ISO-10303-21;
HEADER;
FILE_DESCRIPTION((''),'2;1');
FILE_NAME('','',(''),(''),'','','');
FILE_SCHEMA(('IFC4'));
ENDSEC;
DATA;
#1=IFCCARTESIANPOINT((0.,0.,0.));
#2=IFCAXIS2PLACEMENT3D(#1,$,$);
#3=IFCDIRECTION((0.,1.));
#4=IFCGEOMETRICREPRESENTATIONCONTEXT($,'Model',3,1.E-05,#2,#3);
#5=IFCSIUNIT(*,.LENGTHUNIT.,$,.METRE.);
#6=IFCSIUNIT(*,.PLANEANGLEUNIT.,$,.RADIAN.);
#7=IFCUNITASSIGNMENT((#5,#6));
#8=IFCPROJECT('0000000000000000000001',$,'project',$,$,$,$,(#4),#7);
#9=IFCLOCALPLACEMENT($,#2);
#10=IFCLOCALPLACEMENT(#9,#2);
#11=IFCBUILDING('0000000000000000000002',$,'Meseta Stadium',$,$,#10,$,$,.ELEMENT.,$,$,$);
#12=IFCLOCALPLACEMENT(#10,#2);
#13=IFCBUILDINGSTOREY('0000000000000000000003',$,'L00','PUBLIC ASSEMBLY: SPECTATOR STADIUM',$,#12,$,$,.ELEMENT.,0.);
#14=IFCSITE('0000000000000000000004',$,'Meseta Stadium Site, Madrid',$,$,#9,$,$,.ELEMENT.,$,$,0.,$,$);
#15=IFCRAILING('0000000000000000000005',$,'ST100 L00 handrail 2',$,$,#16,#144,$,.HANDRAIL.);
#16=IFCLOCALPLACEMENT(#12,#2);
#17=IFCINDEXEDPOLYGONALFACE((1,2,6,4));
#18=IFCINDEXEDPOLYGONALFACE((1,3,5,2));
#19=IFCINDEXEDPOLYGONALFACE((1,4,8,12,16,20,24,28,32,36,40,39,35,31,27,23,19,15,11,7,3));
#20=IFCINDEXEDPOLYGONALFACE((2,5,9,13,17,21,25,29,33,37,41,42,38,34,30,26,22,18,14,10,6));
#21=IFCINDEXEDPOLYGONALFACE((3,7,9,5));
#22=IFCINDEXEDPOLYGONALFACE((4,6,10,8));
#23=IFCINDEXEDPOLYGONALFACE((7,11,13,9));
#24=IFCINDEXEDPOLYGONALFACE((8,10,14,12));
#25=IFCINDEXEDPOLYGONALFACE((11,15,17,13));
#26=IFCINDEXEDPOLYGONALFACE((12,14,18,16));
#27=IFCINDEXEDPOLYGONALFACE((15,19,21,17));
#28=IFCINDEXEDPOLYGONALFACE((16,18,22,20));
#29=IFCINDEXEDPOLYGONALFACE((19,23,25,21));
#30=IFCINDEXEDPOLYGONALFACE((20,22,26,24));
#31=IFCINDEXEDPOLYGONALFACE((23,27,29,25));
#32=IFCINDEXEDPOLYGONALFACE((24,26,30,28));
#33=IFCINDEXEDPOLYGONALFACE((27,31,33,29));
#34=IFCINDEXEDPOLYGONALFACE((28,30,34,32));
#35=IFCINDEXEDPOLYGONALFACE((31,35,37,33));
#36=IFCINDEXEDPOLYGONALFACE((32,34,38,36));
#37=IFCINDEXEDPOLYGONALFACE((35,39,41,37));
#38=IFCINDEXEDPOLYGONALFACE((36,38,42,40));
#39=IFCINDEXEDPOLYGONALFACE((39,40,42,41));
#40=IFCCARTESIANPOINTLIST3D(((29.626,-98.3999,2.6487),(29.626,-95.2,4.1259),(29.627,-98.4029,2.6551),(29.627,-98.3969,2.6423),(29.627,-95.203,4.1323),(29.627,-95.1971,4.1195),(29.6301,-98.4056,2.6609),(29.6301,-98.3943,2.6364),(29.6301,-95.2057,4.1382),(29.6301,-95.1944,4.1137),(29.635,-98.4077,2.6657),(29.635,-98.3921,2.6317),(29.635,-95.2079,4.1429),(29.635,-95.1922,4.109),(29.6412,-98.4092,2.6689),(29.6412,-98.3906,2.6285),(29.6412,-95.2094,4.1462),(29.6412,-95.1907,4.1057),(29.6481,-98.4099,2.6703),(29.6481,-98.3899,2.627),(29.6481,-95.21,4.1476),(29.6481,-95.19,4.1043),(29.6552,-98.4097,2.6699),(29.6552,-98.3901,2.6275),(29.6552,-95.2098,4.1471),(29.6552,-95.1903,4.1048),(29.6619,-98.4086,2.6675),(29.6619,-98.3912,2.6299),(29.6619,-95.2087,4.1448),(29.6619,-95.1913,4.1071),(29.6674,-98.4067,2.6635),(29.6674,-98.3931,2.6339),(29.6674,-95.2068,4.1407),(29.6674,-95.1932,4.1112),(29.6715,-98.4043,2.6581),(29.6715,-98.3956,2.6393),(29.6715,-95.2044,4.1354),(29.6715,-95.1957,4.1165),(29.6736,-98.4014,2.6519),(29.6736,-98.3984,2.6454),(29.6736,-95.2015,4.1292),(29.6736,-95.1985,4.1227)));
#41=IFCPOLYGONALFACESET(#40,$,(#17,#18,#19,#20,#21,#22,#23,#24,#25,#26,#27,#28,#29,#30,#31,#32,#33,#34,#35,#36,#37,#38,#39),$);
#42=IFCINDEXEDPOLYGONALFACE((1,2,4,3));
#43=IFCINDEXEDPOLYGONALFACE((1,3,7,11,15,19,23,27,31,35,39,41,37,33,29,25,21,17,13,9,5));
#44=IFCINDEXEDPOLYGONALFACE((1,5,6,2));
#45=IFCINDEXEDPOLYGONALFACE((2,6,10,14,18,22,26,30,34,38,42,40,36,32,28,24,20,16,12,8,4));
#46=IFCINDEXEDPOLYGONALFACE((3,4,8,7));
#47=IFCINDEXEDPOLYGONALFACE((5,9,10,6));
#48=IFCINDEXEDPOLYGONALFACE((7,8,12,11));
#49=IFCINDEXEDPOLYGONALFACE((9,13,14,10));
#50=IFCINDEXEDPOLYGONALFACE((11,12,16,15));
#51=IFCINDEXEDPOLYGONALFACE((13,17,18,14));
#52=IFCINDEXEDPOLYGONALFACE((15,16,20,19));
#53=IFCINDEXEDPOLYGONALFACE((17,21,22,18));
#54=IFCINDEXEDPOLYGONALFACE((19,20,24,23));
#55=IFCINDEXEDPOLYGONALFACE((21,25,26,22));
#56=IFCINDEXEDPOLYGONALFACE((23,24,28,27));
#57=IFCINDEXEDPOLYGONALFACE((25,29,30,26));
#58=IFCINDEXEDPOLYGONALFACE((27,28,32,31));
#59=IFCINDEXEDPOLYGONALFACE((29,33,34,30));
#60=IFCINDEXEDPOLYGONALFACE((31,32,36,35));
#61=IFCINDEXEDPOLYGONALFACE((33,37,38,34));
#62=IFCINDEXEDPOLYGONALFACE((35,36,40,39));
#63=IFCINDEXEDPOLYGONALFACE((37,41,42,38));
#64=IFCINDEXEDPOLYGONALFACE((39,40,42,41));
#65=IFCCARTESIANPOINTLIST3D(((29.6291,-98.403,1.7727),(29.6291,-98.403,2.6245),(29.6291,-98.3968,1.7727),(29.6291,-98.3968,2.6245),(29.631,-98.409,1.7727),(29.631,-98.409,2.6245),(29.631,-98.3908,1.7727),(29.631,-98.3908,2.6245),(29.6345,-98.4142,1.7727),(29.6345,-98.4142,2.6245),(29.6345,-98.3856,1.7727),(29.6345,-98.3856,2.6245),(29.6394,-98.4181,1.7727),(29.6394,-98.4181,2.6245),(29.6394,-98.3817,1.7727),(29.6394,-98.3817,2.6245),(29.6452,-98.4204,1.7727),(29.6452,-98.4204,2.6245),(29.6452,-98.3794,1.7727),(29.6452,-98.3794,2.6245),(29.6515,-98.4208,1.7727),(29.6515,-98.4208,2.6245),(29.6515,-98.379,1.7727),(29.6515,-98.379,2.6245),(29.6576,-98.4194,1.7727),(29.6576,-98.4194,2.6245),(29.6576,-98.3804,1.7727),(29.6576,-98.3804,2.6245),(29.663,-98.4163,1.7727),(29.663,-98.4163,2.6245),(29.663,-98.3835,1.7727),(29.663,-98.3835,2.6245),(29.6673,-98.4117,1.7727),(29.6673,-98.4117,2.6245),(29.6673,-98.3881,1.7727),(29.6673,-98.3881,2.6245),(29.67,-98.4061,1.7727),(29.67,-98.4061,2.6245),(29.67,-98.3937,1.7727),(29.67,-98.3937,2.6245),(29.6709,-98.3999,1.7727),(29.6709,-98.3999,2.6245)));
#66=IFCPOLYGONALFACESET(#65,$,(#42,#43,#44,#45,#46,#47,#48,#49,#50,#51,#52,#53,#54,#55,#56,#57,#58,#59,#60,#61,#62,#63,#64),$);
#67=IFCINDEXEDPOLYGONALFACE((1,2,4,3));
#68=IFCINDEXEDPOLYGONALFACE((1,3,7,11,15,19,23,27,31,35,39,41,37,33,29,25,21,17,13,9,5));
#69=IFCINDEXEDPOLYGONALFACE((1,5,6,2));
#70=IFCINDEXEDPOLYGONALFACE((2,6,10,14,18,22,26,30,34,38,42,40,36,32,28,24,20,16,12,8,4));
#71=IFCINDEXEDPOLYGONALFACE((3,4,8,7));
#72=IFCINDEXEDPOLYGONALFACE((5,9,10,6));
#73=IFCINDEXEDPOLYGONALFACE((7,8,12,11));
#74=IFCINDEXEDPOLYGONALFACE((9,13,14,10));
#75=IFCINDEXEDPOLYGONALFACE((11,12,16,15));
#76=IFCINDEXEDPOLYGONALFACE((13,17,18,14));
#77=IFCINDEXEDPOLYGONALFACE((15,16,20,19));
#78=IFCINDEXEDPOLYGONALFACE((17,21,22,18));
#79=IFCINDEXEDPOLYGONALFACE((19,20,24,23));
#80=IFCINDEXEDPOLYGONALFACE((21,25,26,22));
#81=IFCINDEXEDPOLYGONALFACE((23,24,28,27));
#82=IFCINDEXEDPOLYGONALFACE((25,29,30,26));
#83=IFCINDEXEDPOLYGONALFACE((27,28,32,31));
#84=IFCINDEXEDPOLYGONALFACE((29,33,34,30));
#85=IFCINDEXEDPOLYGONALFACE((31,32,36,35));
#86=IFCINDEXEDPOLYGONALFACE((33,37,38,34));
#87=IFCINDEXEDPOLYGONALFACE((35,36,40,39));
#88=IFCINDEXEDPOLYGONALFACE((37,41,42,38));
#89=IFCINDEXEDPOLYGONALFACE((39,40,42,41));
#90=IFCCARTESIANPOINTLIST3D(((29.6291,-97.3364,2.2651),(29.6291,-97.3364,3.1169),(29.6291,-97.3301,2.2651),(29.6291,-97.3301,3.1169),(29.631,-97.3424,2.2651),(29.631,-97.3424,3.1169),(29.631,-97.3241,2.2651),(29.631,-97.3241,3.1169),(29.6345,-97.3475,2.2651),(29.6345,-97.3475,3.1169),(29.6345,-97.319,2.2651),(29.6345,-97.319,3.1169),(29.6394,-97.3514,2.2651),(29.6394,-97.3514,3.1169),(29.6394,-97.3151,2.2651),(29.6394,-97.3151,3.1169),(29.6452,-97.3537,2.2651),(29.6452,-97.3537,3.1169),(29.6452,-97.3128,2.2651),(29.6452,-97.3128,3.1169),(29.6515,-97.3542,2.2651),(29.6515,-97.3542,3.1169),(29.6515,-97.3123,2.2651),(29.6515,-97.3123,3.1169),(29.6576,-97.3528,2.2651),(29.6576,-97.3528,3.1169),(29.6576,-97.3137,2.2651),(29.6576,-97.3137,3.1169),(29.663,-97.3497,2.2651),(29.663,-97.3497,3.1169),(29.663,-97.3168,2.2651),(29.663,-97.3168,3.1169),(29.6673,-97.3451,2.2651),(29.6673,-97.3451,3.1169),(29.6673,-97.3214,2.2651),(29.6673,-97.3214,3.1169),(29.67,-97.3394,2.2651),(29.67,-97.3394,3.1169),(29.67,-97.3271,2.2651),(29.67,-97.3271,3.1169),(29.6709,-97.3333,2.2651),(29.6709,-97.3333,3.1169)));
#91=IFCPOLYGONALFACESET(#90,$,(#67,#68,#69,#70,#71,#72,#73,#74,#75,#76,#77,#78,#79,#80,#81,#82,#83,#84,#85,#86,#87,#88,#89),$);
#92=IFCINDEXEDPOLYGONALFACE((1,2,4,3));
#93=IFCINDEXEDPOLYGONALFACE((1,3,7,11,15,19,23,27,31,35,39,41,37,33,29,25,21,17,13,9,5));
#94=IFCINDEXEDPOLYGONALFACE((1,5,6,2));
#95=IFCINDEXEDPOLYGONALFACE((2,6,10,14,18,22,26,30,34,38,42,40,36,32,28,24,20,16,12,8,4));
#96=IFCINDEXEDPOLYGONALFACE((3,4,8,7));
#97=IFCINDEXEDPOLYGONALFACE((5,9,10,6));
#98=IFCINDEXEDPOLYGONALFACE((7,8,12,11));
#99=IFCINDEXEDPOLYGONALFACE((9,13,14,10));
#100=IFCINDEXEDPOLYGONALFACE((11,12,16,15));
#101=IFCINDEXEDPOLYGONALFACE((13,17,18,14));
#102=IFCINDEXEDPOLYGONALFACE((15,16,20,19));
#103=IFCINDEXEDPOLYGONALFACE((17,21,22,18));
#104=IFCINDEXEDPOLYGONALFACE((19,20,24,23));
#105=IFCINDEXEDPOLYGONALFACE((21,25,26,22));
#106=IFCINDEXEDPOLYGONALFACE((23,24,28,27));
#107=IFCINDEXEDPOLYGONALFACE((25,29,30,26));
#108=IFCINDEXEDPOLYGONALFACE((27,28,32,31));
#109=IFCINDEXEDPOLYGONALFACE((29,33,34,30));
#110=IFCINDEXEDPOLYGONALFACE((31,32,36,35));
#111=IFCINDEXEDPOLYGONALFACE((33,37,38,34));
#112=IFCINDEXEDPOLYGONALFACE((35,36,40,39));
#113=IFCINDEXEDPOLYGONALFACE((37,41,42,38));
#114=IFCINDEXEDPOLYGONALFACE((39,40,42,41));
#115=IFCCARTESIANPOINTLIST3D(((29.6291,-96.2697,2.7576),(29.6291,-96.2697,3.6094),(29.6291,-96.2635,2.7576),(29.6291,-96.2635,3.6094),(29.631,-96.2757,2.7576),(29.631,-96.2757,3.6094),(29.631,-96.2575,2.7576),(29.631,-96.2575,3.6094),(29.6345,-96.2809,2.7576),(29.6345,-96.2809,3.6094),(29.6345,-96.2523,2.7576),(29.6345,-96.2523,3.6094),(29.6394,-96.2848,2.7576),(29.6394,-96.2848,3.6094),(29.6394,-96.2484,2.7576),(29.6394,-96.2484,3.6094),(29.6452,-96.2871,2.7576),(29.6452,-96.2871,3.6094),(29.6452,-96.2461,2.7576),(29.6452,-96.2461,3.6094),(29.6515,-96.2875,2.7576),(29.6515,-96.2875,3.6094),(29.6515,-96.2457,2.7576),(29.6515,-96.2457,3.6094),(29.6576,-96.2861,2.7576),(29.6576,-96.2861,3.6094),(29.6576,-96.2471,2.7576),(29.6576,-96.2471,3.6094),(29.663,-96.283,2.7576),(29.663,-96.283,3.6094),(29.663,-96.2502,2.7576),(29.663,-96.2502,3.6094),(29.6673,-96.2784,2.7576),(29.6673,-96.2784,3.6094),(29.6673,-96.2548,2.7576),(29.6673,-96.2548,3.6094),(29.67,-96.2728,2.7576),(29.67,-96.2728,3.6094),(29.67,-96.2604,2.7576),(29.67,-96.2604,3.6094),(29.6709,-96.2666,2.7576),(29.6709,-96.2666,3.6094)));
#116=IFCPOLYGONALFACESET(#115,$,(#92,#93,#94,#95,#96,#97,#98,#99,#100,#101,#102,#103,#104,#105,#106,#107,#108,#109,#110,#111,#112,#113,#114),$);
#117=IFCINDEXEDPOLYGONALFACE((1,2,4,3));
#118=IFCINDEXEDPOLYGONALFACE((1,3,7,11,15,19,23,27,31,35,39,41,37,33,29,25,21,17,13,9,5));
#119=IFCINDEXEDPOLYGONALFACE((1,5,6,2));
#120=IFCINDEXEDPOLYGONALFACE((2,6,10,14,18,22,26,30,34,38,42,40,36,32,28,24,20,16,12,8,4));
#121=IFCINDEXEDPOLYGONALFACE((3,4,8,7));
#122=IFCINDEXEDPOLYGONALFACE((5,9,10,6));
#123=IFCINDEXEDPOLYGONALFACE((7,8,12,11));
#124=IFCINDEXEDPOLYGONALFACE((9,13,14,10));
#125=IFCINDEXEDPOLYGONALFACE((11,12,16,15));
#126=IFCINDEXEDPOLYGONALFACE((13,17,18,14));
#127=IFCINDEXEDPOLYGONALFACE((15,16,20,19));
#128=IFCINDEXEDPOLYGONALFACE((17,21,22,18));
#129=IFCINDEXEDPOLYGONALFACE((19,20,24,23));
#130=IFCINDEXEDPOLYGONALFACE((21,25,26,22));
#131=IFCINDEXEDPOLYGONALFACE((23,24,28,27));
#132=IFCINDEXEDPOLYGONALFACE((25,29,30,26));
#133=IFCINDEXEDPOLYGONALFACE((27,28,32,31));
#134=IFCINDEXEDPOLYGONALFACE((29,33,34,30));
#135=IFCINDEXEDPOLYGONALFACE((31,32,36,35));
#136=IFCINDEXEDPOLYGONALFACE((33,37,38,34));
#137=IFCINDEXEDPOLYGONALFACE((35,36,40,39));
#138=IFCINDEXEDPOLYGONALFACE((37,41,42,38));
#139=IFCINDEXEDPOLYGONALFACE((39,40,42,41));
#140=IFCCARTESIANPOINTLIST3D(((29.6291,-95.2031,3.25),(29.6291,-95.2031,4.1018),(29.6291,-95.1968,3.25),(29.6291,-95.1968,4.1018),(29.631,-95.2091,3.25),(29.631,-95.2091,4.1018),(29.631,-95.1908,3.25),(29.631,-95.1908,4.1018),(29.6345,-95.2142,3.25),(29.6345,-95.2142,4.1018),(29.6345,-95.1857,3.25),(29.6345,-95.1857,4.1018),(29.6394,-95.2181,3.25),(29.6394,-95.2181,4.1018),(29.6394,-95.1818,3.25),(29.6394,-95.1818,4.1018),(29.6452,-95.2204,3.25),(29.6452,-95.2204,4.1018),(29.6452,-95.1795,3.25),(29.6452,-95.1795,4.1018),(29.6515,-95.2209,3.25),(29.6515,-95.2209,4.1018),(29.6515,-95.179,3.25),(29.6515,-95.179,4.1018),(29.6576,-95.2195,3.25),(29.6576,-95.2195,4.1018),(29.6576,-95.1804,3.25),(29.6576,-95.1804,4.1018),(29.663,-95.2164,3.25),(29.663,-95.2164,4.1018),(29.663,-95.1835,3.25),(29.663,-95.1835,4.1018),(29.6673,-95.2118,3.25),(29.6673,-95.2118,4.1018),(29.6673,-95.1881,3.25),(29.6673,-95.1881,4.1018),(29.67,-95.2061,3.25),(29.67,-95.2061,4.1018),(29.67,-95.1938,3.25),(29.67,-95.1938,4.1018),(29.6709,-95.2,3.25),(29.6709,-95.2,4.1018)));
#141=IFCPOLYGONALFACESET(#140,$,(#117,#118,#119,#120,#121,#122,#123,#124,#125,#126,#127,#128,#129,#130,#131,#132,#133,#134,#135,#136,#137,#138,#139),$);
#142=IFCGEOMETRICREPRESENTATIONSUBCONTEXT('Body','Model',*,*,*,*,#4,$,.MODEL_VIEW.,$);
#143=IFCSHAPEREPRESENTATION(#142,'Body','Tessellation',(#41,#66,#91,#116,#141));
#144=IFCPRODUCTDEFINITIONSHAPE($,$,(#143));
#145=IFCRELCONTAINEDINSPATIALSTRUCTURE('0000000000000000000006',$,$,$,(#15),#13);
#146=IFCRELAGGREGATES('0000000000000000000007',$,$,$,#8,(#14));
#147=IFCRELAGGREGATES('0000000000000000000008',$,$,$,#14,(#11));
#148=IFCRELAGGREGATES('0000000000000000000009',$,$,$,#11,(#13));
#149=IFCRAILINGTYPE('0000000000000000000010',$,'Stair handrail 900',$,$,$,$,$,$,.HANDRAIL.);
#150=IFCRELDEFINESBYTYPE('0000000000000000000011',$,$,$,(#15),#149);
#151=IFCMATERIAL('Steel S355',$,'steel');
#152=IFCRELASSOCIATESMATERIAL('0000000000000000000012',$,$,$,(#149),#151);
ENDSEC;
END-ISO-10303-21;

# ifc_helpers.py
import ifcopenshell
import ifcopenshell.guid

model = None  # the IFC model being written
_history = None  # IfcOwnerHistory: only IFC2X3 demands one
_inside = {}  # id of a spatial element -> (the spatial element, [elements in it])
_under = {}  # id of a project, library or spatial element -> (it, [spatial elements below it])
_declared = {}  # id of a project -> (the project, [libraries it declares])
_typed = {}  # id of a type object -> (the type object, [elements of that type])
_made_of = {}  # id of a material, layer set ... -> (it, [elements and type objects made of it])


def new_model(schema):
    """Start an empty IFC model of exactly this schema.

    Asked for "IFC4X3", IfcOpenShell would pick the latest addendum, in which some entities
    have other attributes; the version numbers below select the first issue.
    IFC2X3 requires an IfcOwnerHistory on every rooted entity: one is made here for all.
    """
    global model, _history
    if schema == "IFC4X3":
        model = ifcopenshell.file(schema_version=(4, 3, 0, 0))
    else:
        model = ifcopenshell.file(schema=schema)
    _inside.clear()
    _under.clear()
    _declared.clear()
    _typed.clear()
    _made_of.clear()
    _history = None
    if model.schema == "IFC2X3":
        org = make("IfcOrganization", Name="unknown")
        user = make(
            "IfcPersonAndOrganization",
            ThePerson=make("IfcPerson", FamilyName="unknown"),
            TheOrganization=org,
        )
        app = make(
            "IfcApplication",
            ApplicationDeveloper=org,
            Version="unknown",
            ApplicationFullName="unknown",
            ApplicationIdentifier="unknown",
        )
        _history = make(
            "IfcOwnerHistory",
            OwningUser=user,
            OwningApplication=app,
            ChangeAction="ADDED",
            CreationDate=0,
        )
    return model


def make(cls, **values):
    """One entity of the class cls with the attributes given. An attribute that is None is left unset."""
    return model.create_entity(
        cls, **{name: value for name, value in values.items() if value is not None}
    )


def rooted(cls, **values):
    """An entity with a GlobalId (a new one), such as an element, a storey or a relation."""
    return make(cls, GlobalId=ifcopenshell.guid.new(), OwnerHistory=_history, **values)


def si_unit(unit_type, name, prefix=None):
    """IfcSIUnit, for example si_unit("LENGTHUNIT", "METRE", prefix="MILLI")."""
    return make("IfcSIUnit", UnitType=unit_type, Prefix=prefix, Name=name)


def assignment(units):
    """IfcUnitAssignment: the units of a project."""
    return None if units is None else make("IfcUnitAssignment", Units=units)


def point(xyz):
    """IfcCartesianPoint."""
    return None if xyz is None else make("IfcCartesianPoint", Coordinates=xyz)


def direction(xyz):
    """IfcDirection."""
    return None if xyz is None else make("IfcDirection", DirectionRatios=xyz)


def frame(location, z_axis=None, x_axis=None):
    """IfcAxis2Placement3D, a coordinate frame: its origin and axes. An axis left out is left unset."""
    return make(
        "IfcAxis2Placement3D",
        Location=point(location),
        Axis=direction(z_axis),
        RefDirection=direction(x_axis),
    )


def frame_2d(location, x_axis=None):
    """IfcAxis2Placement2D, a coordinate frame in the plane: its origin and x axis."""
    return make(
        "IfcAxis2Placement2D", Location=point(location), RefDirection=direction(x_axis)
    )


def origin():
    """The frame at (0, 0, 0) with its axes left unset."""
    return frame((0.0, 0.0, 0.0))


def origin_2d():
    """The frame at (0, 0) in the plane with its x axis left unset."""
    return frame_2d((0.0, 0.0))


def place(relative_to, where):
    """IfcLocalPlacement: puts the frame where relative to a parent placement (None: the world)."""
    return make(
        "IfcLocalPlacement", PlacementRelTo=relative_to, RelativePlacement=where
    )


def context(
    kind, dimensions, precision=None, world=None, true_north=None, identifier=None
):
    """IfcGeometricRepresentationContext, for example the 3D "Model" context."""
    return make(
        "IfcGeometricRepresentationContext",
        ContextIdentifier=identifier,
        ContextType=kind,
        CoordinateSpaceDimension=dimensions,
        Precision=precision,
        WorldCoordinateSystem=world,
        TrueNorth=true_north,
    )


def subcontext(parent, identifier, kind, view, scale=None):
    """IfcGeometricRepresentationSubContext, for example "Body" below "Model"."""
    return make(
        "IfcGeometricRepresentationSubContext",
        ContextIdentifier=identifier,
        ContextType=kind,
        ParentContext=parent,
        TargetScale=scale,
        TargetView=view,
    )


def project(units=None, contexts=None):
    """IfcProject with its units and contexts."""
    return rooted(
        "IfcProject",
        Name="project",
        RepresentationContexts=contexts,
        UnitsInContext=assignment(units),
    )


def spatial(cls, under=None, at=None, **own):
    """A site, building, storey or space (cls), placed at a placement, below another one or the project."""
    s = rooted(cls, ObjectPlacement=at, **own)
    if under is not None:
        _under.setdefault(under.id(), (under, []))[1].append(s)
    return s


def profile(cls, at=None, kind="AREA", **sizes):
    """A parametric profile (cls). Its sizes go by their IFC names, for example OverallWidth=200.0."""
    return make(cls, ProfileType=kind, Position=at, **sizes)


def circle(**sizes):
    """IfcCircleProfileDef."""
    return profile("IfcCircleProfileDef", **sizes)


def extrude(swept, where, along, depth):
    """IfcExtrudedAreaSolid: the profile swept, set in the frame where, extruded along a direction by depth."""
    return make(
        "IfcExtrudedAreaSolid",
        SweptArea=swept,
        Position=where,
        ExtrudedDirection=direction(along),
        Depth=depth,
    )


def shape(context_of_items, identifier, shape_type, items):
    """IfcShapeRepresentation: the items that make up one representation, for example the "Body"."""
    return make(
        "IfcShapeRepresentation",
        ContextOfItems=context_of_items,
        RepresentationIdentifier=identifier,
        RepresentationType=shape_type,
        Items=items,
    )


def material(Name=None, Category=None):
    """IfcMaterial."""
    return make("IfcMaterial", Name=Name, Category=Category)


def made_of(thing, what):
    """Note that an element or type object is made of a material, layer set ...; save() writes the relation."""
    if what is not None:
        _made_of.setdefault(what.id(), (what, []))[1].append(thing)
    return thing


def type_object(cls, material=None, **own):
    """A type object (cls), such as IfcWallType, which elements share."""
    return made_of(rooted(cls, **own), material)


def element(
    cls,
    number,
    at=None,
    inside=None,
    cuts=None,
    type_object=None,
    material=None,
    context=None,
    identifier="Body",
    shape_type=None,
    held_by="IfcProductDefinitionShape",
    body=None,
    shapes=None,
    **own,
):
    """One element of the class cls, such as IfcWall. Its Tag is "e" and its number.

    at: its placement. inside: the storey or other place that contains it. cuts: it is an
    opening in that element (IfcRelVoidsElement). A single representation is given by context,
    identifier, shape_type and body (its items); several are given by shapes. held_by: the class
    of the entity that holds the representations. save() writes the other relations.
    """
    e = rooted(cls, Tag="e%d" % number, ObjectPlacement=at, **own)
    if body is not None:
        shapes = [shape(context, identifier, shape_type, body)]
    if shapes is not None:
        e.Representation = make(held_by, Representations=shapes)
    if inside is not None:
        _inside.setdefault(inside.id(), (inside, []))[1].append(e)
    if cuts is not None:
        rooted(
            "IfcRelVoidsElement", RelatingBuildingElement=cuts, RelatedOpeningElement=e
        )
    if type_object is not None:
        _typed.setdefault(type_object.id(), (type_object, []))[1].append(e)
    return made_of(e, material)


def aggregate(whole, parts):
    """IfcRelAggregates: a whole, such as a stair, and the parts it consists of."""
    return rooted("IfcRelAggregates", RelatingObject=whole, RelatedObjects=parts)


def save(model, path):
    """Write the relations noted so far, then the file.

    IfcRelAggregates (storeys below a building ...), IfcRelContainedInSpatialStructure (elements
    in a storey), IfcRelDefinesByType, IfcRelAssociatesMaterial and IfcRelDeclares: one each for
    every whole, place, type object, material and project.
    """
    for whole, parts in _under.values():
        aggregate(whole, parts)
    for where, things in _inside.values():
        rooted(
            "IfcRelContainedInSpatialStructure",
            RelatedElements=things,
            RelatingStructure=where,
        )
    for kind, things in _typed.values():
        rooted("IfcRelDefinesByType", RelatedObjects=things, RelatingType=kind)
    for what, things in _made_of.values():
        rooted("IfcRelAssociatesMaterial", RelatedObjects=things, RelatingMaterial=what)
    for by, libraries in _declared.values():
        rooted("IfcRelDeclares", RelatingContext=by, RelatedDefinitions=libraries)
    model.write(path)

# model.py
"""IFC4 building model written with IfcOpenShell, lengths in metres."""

from ifc_helpers import new_model, si_unit, direction, frame, origin, origin_2d, place, context, subcontext, project, spatial, circle, extrude, material, type_object, element, save


model = new_model("IFC4")

# Units and contexts
model_context = context("Model", 3, precision=1e-05, world=origin(), true_north=direction((0.0, 1.0)))
body_context = subcontext(model_context, "Body", "Model", "MODEL_VIEW")
ifc_project = project(units=[si_unit("LENGTHUNIT", "METRE"), si_unit("PLANEANGLEUNIT", "RADIAN")], contexts=[model_context])

# Site, building, storey
site_placement = place(None, origin())
site = spatial("IfcSite", under=ifc_project, at=site_placement, Name="Meseta Stadium Site, Madrid", CompositionType="ELEMENT", RefElevation=0.0)
building_placement = place(site_placement, origin())
building = spatial("IfcBuilding", under=site, at=building_placement, Name="Meseta Stadium", CompositionType="ELEMENT")
storey_placement = place(building_placement, origin())
storey = spatial("IfcBuildingStorey", under=building, at=storey_placement, Name="L00", Description="PUBLIC ASSEMBLY: SPECTATOR STADIUM", CompositionType="ELEMENT", Elevation=0.0)

# Railing
ifc_material_1 = material(Name="Steel S355", Category="steel")
railing_type_1 = type_object("IfcRailingType", Name="Stair handrail 900", PredefinedType="HANDRAIL", material=ifc_material_1)
railing_1_placement = place(storey_placement, frame((29.6499, -98.3999, 1.7727)))
element("IfcRailing", 1, at=railing_1_placement, inside=storey, type_object=railing_type_1, Name="ST100 L00 handrail 2", PredefinedType="HANDRAIL", context=body_context, shape_type="SweptSolid", body=[
    extrude(circle(Radius=0.0239, at=origin_2d()), frame((0.0, 0.0, 0.876), z_axis=(0.0, 0.907917, 0.41915), x_axis=(-1.0, 0.0, 0.0)), (0.0, 0.0, 1.0), 3.5244),
    extrude(circle(Radius=0.021, at=origin_2d()), origin(), (0.0, 0.0, 1.0), 0.8518),
    extrude(circle(Radius=0.021, at=origin_2d()), frame((0.0, 1.0667, 0.4924)), (0.0, 0.0, 1.0), 0.8518),
    extrude(circle(Radius=0.021, at=origin_2d()), frame((0.0, 2.1333, 0.9849)), (0.0, 0.0, 1.0), 0.8518),
    extrude(circle(Radius=0.021, at=origin_2d()), frame((0.0, 3.2, 1.4773)), (0.0, 0.0, 1.0), 0.8518),
])

save(model, "model.ifc")
